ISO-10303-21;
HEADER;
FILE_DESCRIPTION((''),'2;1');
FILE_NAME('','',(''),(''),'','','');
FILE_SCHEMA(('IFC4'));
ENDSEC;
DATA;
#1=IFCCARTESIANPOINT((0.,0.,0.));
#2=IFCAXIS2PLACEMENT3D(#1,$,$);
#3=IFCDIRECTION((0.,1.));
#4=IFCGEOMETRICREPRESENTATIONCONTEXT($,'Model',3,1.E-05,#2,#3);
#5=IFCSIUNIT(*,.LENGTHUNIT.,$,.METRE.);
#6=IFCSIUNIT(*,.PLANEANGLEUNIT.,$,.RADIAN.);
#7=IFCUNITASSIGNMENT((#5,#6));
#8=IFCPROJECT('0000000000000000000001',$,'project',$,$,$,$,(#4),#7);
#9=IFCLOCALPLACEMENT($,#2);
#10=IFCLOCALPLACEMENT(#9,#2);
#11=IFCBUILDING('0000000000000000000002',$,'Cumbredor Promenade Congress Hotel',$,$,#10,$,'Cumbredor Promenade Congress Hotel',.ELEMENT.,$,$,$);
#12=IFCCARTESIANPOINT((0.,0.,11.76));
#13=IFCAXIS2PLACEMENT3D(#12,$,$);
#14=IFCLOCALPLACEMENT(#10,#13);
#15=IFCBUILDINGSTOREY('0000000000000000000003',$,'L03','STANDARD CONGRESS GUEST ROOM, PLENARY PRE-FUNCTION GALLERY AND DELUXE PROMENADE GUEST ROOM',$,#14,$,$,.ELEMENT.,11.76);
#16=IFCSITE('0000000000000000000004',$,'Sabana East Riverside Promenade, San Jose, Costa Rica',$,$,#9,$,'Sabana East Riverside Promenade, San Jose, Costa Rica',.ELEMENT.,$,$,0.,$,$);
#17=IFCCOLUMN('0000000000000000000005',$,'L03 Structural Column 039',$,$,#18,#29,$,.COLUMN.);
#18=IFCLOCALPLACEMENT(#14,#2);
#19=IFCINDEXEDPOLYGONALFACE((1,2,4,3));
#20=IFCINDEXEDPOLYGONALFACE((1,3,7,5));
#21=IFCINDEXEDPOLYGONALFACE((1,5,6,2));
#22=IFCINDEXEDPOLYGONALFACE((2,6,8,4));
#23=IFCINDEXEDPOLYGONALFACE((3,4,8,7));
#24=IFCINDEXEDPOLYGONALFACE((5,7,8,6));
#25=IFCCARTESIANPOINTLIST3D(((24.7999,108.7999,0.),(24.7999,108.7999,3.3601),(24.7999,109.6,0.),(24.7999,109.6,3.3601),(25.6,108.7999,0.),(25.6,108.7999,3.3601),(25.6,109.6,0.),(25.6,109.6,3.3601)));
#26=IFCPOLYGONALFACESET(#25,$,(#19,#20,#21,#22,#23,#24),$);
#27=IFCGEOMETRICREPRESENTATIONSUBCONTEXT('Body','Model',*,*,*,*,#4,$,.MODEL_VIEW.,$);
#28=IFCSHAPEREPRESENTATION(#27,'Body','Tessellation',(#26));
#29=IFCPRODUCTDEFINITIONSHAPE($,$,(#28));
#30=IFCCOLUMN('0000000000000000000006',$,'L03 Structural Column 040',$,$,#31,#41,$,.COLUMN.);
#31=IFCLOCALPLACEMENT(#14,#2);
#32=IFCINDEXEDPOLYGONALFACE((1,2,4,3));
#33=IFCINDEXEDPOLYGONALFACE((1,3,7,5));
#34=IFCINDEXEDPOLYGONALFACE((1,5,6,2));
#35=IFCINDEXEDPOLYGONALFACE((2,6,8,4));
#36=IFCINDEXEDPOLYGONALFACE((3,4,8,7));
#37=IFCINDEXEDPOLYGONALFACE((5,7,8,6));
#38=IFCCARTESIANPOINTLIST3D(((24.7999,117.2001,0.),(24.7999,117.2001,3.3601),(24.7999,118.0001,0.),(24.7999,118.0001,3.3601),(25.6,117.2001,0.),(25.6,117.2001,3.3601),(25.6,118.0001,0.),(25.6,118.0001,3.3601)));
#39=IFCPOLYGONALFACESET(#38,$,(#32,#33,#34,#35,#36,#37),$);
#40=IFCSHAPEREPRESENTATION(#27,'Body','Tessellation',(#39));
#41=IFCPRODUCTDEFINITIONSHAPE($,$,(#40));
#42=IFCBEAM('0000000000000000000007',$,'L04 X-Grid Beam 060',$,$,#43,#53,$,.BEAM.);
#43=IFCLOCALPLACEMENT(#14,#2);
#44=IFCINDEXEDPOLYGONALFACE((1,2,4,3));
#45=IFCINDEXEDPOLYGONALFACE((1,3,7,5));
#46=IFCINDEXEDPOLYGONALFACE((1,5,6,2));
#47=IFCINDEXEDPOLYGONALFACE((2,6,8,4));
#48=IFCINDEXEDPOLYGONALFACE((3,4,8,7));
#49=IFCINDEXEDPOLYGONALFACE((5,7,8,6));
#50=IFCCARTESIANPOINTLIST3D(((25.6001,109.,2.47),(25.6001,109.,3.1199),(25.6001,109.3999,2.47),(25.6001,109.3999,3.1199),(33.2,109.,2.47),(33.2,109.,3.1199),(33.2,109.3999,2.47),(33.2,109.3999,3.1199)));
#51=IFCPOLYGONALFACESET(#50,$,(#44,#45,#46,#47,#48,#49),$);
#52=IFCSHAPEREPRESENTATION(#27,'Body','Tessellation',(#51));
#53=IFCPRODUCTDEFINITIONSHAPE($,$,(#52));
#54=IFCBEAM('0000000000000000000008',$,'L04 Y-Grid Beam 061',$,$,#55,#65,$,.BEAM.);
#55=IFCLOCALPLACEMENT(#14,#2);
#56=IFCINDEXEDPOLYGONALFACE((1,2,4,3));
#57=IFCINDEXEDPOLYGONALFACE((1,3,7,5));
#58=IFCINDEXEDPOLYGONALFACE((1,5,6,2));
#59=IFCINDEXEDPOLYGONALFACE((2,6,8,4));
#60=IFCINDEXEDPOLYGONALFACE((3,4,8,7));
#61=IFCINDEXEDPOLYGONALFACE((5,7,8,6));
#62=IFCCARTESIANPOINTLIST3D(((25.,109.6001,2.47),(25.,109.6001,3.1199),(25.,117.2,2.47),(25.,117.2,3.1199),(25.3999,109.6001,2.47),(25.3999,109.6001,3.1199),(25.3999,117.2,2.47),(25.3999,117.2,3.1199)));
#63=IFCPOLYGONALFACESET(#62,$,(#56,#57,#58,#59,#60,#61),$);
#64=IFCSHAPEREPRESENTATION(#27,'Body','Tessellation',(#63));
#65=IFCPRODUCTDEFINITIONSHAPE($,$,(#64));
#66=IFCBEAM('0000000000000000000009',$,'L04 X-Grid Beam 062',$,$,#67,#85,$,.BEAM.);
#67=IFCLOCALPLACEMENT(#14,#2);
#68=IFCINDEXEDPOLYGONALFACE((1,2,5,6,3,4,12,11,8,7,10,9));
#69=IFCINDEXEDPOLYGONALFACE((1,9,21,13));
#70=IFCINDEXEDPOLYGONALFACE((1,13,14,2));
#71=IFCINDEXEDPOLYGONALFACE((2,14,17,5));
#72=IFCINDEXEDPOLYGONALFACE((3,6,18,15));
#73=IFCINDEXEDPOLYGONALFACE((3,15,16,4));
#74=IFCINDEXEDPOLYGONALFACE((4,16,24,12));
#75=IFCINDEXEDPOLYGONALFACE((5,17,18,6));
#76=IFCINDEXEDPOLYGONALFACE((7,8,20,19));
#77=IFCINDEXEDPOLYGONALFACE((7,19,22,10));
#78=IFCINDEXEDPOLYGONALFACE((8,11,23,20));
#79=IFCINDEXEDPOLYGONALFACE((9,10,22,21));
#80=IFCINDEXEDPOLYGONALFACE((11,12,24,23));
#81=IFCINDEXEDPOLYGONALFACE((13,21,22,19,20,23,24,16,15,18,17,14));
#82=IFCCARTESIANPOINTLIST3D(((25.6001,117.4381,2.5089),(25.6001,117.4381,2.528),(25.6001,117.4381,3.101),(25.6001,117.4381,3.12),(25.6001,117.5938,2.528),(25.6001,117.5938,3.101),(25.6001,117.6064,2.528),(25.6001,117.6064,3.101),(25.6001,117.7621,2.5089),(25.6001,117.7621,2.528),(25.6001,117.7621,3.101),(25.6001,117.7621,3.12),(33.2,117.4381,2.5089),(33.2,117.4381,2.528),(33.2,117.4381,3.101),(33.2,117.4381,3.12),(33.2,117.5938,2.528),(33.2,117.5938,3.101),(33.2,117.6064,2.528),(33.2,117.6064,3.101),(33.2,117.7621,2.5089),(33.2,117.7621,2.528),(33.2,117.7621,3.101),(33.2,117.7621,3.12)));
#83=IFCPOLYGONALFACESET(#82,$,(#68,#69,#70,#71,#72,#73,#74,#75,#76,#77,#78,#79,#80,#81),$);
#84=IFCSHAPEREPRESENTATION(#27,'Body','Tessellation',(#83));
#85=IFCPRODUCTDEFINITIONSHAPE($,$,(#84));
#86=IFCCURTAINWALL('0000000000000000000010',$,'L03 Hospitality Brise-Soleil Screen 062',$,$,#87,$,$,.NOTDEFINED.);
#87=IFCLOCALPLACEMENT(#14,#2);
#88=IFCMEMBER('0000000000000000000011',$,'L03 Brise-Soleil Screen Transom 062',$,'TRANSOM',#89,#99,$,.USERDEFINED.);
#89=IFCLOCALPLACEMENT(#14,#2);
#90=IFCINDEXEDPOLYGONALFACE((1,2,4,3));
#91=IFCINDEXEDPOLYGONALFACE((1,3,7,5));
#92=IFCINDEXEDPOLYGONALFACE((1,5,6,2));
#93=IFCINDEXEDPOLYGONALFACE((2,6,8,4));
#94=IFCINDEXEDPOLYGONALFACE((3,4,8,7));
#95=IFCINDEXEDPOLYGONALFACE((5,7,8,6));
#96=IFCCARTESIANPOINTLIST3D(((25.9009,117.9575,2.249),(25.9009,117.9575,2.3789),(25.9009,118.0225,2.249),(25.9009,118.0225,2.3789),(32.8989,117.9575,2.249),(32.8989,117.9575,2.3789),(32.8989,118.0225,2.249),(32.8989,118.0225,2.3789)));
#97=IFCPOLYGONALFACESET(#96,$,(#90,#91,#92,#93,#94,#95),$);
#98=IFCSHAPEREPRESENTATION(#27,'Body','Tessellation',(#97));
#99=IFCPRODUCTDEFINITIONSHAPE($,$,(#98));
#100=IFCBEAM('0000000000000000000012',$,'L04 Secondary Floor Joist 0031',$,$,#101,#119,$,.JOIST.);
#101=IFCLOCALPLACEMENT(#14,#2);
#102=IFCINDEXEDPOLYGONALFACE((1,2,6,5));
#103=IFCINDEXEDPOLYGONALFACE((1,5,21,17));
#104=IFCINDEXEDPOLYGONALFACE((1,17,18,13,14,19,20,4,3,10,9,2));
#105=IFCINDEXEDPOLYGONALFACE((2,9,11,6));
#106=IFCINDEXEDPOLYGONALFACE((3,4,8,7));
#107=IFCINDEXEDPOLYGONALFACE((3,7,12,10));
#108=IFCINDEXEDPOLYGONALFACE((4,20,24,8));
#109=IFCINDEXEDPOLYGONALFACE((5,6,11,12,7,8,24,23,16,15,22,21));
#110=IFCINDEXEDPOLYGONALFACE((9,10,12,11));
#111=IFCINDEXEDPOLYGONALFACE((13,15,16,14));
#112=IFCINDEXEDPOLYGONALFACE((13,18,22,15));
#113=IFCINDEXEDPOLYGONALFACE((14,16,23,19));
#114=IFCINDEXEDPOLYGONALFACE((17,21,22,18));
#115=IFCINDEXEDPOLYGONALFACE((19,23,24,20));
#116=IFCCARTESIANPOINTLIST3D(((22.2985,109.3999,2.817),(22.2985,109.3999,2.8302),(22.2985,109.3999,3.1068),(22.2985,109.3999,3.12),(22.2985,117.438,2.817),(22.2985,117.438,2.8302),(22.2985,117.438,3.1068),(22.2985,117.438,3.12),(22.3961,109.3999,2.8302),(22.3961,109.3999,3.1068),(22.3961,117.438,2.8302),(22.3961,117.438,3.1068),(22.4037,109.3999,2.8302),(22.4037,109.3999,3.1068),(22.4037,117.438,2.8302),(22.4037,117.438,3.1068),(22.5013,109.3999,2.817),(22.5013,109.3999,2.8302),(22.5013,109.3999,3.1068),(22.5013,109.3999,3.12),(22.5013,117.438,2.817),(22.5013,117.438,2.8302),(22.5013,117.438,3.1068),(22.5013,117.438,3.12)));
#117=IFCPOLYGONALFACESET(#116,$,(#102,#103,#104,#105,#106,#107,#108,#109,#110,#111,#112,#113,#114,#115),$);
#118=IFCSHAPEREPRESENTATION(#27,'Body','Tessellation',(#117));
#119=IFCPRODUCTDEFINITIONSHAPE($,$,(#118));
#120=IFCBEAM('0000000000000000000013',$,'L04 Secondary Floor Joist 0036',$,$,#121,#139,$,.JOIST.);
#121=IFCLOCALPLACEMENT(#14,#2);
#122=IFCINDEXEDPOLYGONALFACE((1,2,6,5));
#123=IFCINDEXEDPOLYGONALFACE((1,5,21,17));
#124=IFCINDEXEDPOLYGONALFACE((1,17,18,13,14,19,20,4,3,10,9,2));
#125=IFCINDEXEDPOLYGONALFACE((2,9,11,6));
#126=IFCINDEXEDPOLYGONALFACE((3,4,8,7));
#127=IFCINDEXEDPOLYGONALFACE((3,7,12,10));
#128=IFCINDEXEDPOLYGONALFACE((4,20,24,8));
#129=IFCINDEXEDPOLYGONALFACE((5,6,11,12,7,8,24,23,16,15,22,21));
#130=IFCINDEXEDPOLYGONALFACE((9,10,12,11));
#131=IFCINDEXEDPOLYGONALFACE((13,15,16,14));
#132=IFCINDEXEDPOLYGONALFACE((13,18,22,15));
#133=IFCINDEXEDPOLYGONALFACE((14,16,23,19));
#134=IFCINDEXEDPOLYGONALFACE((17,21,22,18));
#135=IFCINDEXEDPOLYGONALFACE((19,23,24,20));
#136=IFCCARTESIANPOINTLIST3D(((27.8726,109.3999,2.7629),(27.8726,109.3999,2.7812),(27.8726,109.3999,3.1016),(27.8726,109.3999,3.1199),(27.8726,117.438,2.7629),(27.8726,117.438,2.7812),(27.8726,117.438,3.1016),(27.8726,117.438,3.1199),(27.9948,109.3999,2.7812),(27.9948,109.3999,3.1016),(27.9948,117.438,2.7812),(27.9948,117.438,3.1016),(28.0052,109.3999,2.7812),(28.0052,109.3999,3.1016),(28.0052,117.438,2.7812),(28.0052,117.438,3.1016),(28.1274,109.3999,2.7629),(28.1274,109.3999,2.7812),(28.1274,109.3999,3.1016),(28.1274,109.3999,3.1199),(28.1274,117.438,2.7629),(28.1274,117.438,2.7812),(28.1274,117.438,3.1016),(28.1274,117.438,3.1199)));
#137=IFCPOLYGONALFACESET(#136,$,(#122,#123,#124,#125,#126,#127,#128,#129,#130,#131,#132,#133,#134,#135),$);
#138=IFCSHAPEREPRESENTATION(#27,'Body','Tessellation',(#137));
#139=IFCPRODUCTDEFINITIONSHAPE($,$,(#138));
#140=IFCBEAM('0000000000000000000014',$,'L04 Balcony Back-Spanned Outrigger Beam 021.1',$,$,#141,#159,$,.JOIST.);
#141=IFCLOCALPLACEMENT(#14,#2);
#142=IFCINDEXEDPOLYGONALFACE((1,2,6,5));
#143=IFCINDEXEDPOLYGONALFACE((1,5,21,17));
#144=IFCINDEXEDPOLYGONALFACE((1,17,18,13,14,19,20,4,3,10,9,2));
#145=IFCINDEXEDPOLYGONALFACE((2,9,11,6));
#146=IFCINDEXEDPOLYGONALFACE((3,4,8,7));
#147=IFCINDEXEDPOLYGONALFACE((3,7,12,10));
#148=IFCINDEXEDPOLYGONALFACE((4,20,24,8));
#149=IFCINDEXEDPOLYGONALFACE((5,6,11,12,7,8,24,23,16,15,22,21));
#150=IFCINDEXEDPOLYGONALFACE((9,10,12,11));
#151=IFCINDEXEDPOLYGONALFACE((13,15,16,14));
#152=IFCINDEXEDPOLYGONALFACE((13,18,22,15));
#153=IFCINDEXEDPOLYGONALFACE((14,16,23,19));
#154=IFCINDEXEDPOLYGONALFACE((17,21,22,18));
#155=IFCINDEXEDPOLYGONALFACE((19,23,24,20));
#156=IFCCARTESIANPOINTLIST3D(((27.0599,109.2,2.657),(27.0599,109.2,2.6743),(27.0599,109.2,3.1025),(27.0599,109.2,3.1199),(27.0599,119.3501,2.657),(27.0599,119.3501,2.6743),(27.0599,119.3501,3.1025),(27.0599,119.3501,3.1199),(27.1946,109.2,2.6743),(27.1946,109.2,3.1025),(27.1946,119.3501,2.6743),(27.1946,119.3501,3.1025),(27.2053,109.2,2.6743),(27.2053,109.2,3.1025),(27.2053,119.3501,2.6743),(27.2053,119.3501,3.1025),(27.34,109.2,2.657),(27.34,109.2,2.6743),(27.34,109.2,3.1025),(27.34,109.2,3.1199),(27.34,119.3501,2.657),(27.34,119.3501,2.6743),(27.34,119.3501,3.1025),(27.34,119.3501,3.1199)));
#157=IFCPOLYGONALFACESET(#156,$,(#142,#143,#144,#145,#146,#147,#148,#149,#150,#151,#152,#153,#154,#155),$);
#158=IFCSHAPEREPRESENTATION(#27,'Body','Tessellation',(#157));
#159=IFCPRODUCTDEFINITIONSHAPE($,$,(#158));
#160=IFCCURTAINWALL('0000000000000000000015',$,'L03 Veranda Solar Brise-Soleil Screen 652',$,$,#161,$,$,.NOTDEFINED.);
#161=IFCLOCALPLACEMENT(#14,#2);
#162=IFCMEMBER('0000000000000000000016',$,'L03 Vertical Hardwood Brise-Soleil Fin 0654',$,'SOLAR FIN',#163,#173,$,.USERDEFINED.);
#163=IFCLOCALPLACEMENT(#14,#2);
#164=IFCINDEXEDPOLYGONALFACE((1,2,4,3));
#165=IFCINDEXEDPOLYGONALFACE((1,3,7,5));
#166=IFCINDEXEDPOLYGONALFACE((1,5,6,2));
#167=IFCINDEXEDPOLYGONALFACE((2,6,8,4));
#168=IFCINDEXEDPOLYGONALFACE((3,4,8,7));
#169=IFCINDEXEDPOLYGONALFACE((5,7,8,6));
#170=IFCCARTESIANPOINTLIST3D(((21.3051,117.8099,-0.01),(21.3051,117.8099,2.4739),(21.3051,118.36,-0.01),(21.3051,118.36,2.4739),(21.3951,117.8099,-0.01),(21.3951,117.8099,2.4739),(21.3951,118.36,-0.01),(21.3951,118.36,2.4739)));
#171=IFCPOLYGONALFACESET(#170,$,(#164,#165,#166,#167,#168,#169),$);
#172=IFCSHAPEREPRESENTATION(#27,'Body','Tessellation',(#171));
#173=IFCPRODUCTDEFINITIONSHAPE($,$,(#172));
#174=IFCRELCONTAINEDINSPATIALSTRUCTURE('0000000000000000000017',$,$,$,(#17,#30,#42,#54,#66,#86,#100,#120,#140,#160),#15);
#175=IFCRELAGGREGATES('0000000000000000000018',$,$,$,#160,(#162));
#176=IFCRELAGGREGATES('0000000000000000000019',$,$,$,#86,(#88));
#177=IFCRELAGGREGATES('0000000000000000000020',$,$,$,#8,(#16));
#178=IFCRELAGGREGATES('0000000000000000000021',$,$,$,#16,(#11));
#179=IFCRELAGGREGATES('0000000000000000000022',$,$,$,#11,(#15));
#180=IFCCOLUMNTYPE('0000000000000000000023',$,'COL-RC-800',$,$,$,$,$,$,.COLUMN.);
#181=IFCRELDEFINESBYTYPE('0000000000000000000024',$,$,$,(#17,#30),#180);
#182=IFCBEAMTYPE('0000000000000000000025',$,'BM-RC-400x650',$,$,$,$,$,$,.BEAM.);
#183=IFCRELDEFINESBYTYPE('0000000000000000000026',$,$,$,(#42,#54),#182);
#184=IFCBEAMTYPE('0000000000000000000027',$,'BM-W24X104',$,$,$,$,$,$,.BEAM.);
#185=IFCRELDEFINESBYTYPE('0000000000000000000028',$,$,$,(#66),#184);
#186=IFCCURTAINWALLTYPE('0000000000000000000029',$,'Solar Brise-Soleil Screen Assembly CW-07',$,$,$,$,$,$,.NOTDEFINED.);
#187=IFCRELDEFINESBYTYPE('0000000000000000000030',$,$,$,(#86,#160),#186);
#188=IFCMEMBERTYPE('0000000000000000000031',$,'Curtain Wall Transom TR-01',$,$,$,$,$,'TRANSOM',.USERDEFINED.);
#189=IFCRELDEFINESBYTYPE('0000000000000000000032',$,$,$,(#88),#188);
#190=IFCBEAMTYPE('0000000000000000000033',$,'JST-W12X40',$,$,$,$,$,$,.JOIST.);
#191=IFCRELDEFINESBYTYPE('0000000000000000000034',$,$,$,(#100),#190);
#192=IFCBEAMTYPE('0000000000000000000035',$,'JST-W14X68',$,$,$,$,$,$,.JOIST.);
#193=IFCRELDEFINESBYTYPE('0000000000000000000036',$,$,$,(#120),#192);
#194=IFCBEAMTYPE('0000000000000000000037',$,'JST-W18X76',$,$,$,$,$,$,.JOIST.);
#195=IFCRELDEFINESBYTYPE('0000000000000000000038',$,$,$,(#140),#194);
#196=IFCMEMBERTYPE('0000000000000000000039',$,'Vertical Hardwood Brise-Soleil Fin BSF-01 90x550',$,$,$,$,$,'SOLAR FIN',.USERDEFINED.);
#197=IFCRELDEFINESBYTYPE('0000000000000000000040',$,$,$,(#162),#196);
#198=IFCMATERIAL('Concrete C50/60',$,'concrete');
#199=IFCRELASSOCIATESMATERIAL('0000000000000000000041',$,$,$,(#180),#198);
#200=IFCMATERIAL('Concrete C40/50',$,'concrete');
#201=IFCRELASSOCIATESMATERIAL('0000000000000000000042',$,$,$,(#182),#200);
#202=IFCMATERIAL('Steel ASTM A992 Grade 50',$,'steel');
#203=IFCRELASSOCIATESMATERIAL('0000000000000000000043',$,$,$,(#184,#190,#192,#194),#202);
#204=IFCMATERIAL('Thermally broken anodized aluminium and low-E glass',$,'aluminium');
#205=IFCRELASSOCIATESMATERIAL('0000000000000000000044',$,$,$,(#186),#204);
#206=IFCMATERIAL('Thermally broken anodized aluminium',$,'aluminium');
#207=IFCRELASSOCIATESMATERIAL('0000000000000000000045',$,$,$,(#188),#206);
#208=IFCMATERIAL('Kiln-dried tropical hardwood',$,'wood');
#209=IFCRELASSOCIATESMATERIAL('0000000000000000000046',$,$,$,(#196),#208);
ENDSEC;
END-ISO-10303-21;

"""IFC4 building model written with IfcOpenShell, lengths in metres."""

from ifc_helpers import new_model, si_unit, direction, frame, origin, origin_2d, place, context, subcontext, project, spatial, rectangle, i_section, extrude, material, material_profile, profile_set, type_object, element, aggregate, save


model = new_model("IFC4")

# Units and contexts
model_context = context("Model", 3, precision=1e-05, world=origin(), true_north=direction((0.0, 1.0)))
body_context = subcontext(model_context, "Body", "Model", "MODEL_VIEW")
ifc_project = project(units=[si_unit("LENGTHUNIT", "METRE"), si_unit("PLANEANGLEUNIT", "RADIAN")], contexts=[model_context])

# Site, building, storey
site_placement = place(None, origin())
site = spatial("IfcSite", under=ifc_project, at=site_placement, Name="Sabana East Riverside Promenade, San Jose, Costa Rica", LongName="Sabana East Riverside Promenade, San Jose, Costa Rica", CompositionType="ELEMENT", RefElevation=0.0)
building_placement = place(site_placement, origin())
building = spatial("IfcBuilding", under=site, at=building_placement, Name="Cumbredor Promenade Congress Hotel", LongName="Cumbredor Promenade Congress Hotel", CompositionType="ELEMENT")
storey_placement = place(building_placement, frame((0.0, 0.0, 11.76)))
storey = spatial("IfcBuildingStorey", under=building, at=storey_placement, Name="L03", Description="STANDARD CONGRESS GUEST ROOM, PLENARY PRE-FUNCTION GALLERY AND DELUXE PROMENADE GUEST ROOM", CompositionType="ELEMENT", Elevation=11.76)

# Columns
ifc_material_1 = material(Name="Concrete C50/60", Category="concrete")
ifc_material_profile_1 = material_profile(ifc_material_1, rectangle(XDim=0.8, YDim=0.8, at=origin_2d()), Name="RC 800x800")
ifc_profile_set_1 = profile_set([ifc_material_profile_1], Name="Concrete C50/60")
column_type = type_object("IfcColumnType", Name="COL-RC-800", PredefinedType="COLUMN", material=ifc_profile_set_1)
for number, where, z_axis, x_axis, name in (
    (1, (25.2, 109.2, 0.0), (0.0, 0.0, 1.0), (1.0, 0.0, 0.0), "L03 Structural Column 039"),
    (2, (25.2, 117.6001, 0.0), (0.0, 0.0, 1.0), (1.0, 0.0, 0.0), "L03 Structural Column 040"),
):
    element("IfcColumn", number, at=place(storey_placement, frame(where, z_axis=z_axis, x_axis=x_axis)), inside=storey, type_object=column_type, Name=name, PredefinedType="COLUMN", context=body_context, shape_type="SweptSolid", body=[
        extrude(rectangle(XDim=0.8, YDim=0.8, at=origin_2d()), origin(), (0.0, 0.0, 1.0), 3.3601),
    ])

# Beams
ifc_material_2 = material(Name="Concrete C40/50", Category="concrete")
ifc_material_profile_2 = material_profile(ifc_material_2, rectangle(XDim=0.3999, YDim=0.6499, at=origin_2d()), Name="RC BEAM 400x650")
ifc_profile_set_2 = profile_set([ifc_material_profile_2], Name="Concrete C40/50")
beam_type_1 = type_object("IfcBeamType", Name="BM-RC-400x650", PredefinedType="BEAM", material=ifc_profile_set_2)
for number, where, z_axis, x_axis, name in (
    (3, (25.6001, 109.2, 2.7949), (1.0, 0.0, 0.0), (0.0, 1.0, 0.0), "L04 X-Grid Beam 060"),
    (4, (25.2, 109.6001, 2.7949), (0.0, 1.0, 0.0), (-1.0, 0.0, 0.0), "L04 Y-Grid Beam 061"),
):
    element("IfcBeam", number, at=place(storey_placement, frame(where, z_axis=z_axis, x_axis=x_axis)), inside=storey, type_object=beam_type_1, Name=name, PredefinedType="BEAM", context=body_context, shape_type="SweptSolid", body=[
        extrude(rectangle(XDim=0.3999, YDim=0.6499, at=origin_2d()), origin(), (0.0, 0.0, 1.0), 7.5999),
    ])
ifc_material_3 = material(Name="Steel ASTM A992 Grade 50", Category="steel")
ifc_material_profile_3 = material_profile(ifc_material_3, i_section(OverallWidth=0.324, OverallDepth=0.6111, WebThickness=0.0127, FlangeThickness=0.019, at=origin_2d()), Name="W24X104")
ifc_profile_set_3 = profile_set([ifc_material_profile_3], Name="Steel ASTM A992 Grade 50")
beam_type_2 = type_object("IfcBeamType", Name="BM-W24X104", PredefinedType="BEAM", material=ifc_profile_set_3)
beam_1_placement = place(storey_placement, frame((25.6001, 117.6001, 2.8145), z_axis=(1.0, 0.0, 0.0), x_axis=(0.0, 1.0, 0.0)))
element("IfcBeam", 5, at=beam_1_placement, inside=storey, type_object=beam_type_2, Name="L04 X-Grid Beam 062", PredefinedType="BEAM", context=body_context, shape_type="SweptSolid", body=[
    extrude(i_section(OverallWidth=0.324, OverallDepth=0.6111, WebThickness=0.0127, FlangeThickness=0.019, at=origin_2d()), origin(), (0.0, 0.0, 1.0), 7.5999),
])

# Curtain wall, member
ifc_material_4 = material(Name="Thermally broken anodized aluminium and low-E glass", Category="aluminium")
curtain_wall_type = type_object("IfcCurtainWallType", Name="Solar Brise-Soleil Screen Assembly CW-07", PredefinedType="NOTDEFINED", material=ifc_material_4)
curtain_wall_1_placement = place(storey_placement, origin())
curtain_wall_1 = element("IfcCurtainWall", 6, at=curtain_wall_1_placement, inside=storey, type_object=curtain_wall_type, Name="L03 Hospitality Brise-Soleil Screen 062", PredefinedType="NOTDEFINED")
ifc_material_5 = material(Name="Thermally broken anodized aluminium", Category="aluminium")
ifc_material_profile_4 = material_profile(ifc_material_5, rectangle(XDim=0.0649, YDim=0.1299, at=origin_2d()), Name="ALU TRANSOM 65x130")
ifc_profile_set_4 = profile_set([ifc_material_profile_4], Name="Thermally broken anodized aluminium")
member_type_1 = type_object("IfcMemberType", Name="Curtain Wall Transom TR-01", ElementType="TRANSOM", PredefinedType="USERDEFINED", material=ifc_profile_set_4)
member_1_placement = place(storey_placement, frame((25.9009, 117.99, 2.314), z_axis=(1.0, 0.0, 0.0), x_axis=(0.0, 1.0, 0.0)))
member_1 = element("IfcMember", 7, at=member_1_placement, type_object=member_type_1, Name="L03 Brise-Soleil Screen Transom 062", ObjectType="TRANSOM", PredefinedType="USERDEFINED", context=body_context, shape_type="SweptSolid", body=[
    extrude(rectangle(XDim=0.0649, YDim=0.1299, at=origin_2d()), origin(), (0.0, 0.0, 1.0), 6.998),
])

# Beams
ifc_material_profile_5 = material_profile(ifc_material_3, i_section(OverallWidth=0.2029, OverallDepth=0.303, WebThickness=0.0076, FlangeThickness=0.0132, at=origin_2d()), Name="W12X40")
ifc_profile_set_5 = profile_set([ifc_material_profile_5], Name="Steel ASTM A992 Grade 50")
beam_type_3 = type_object("IfcBeamType", Name="JST-W12X40", PredefinedType="JOIST", material=ifc_profile_set_5)
beam_2_placement = place(storey_placement, frame((22.3999, 109.3999, 2.9685), z_axis=(0.0, 1.0, 0.0), x_axis=(-1.0, 0.0, 0.0)))
element("IfcBeam", 8, at=beam_2_placement, inside=storey, type_object=beam_type_3, Name="L04 Secondary Floor Joist 0031", PredefinedType="JOIST", context=body_context, shape_type="SweptSolid", body=[
    extrude(i_section(OverallWidth=0.2029, OverallDepth=0.303, WebThickness=0.0076, FlangeThickness=0.0132, at=origin_2d()), origin(), (0.0, 0.0, 1.0), 8.0381),
])
ifc_material_profile_6 = material_profile(ifc_material_3, i_section(OverallWidth=0.2549, OverallDepth=0.3569, WebThickness=0.0105, FlangeThickness=0.0183, at=origin_2d()), Name="W14X68")
ifc_profile_set_6 = profile_set([ifc_material_profile_6], Name="Steel ASTM A992 Grade 50")
beam_type_4 = type_object("IfcBeamType", Name="JST-W14X68", PredefinedType="JOIST", material=ifc_profile_set_6)
beam_3_placement = place(storey_placement, frame((28.0, 109.3999, 2.9414), z_axis=(0.0, 1.0, 0.0), x_axis=(-1.0, 0.0, 0.0)))
element("IfcBeam", 9, at=beam_3_placement, inside=storey, type_object=beam_type_4, Name="L04 Secondary Floor Joist 0036", PredefinedType="JOIST", context=body_context, shape_type="SweptSolid", body=[
    extrude(i_section(OverallWidth=0.2549, OverallDepth=0.3569, WebThickness=0.0105, FlangeThickness=0.0183, at=origin_2d()), origin(), (0.0, 0.0, 1.0), 8.0381),
])
ifc_material_profile_7 = material_profile(ifc_material_3, i_section(OverallWidth=0.28, OverallDepth=0.4629, WebThickness=0.0107, FlangeThickness=0.0173, at=origin_2d()), Name="W18X76")
ifc_profile_set_7 = profile_set([ifc_material_profile_7], Name="Steel ASTM A992 Grade 50")
beam_type_5 = type_object("IfcBeamType", Name="JST-W18X76", PredefinedType="JOIST", material=ifc_profile_set_7)
beam_4_placement = place(storey_placement, frame((27.2, 109.2, 2.8884), z_axis=(0.0, 1.0, 0.0), x_axis=(-1.0, 0.0, 0.0)))
element("IfcBeam", 10, at=beam_4_placement, inside=storey, type_object=beam_type_5, Name="L04 Balcony Back-Spanned Outrigger Beam 021.1", PredefinedType="JOIST", context=body_context, shape_type="SweptSolid", body=[
    extrude(i_section(OverallWidth=0.28, OverallDepth=0.4629, WebThickness=0.0107, FlangeThickness=0.0173, at=origin_2d()), origin(), (0.0, 0.0, 1.0), 10.1501),
])

# Curtain wall, member
curtain_wall_2_placement = place(storey_placement, origin())
curtain_wall_2 = element("IfcCurtainWall", 11, at=curtain_wall_2_placement, inside=storey, type_object=curtain_wall_type, Name="L03 Veranda Solar Brise-Soleil Screen 652", PredefinedType="NOTDEFINED")
ifc_material_6 = material(Name="Kiln-dried tropical hardwood", Category="wood")
ifc_material_profile_8 = material_profile(ifc_material_6, rectangle(XDim=0.0901, YDim=0.55, at=origin_2d()), Name="ARCH FIN 90x550")
ifc_profile_set_8 = profile_set([ifc_material_profile_8], Name="Kiln-dried tropical hardwood")
member_type_2 = type_object("IfcMemberType", Name="Vertical Hardwood Brise-Soleil Fin BSF-01 90x550", ElementType="SOLAR FIN", PredefinedType="USERDEFINED", material=ifc_profile_set_8)
member_2_placement = place(storey_placement, frame((21.3501, 118.085, -0.01), z_axis=(0.0, 0.0, 1.0), x_axis=(1.0, 0.0, 0.0)))
member_2 = element("IfcMember", 12, at=member_2_placement, type_object=member_type_2, Name="L03 Vertical Hardwood Brise-Soleil Fin 0654", ObjectType="SOLAR FIN", PredefinedType="USERDEFINED", context=body_context, shape_type="SweptSolid", body=[
    extrude(rectangle(XDim=0.0901, YDim=0.55, at=origin_2d()), origin(), (0.0, 0.0, 1.0), 2.4839),
])
aggregate(curtain_wall_2, [member_2])

aggregate(curtain_wall_1, [member_1])

save(model, "model.ifc")
